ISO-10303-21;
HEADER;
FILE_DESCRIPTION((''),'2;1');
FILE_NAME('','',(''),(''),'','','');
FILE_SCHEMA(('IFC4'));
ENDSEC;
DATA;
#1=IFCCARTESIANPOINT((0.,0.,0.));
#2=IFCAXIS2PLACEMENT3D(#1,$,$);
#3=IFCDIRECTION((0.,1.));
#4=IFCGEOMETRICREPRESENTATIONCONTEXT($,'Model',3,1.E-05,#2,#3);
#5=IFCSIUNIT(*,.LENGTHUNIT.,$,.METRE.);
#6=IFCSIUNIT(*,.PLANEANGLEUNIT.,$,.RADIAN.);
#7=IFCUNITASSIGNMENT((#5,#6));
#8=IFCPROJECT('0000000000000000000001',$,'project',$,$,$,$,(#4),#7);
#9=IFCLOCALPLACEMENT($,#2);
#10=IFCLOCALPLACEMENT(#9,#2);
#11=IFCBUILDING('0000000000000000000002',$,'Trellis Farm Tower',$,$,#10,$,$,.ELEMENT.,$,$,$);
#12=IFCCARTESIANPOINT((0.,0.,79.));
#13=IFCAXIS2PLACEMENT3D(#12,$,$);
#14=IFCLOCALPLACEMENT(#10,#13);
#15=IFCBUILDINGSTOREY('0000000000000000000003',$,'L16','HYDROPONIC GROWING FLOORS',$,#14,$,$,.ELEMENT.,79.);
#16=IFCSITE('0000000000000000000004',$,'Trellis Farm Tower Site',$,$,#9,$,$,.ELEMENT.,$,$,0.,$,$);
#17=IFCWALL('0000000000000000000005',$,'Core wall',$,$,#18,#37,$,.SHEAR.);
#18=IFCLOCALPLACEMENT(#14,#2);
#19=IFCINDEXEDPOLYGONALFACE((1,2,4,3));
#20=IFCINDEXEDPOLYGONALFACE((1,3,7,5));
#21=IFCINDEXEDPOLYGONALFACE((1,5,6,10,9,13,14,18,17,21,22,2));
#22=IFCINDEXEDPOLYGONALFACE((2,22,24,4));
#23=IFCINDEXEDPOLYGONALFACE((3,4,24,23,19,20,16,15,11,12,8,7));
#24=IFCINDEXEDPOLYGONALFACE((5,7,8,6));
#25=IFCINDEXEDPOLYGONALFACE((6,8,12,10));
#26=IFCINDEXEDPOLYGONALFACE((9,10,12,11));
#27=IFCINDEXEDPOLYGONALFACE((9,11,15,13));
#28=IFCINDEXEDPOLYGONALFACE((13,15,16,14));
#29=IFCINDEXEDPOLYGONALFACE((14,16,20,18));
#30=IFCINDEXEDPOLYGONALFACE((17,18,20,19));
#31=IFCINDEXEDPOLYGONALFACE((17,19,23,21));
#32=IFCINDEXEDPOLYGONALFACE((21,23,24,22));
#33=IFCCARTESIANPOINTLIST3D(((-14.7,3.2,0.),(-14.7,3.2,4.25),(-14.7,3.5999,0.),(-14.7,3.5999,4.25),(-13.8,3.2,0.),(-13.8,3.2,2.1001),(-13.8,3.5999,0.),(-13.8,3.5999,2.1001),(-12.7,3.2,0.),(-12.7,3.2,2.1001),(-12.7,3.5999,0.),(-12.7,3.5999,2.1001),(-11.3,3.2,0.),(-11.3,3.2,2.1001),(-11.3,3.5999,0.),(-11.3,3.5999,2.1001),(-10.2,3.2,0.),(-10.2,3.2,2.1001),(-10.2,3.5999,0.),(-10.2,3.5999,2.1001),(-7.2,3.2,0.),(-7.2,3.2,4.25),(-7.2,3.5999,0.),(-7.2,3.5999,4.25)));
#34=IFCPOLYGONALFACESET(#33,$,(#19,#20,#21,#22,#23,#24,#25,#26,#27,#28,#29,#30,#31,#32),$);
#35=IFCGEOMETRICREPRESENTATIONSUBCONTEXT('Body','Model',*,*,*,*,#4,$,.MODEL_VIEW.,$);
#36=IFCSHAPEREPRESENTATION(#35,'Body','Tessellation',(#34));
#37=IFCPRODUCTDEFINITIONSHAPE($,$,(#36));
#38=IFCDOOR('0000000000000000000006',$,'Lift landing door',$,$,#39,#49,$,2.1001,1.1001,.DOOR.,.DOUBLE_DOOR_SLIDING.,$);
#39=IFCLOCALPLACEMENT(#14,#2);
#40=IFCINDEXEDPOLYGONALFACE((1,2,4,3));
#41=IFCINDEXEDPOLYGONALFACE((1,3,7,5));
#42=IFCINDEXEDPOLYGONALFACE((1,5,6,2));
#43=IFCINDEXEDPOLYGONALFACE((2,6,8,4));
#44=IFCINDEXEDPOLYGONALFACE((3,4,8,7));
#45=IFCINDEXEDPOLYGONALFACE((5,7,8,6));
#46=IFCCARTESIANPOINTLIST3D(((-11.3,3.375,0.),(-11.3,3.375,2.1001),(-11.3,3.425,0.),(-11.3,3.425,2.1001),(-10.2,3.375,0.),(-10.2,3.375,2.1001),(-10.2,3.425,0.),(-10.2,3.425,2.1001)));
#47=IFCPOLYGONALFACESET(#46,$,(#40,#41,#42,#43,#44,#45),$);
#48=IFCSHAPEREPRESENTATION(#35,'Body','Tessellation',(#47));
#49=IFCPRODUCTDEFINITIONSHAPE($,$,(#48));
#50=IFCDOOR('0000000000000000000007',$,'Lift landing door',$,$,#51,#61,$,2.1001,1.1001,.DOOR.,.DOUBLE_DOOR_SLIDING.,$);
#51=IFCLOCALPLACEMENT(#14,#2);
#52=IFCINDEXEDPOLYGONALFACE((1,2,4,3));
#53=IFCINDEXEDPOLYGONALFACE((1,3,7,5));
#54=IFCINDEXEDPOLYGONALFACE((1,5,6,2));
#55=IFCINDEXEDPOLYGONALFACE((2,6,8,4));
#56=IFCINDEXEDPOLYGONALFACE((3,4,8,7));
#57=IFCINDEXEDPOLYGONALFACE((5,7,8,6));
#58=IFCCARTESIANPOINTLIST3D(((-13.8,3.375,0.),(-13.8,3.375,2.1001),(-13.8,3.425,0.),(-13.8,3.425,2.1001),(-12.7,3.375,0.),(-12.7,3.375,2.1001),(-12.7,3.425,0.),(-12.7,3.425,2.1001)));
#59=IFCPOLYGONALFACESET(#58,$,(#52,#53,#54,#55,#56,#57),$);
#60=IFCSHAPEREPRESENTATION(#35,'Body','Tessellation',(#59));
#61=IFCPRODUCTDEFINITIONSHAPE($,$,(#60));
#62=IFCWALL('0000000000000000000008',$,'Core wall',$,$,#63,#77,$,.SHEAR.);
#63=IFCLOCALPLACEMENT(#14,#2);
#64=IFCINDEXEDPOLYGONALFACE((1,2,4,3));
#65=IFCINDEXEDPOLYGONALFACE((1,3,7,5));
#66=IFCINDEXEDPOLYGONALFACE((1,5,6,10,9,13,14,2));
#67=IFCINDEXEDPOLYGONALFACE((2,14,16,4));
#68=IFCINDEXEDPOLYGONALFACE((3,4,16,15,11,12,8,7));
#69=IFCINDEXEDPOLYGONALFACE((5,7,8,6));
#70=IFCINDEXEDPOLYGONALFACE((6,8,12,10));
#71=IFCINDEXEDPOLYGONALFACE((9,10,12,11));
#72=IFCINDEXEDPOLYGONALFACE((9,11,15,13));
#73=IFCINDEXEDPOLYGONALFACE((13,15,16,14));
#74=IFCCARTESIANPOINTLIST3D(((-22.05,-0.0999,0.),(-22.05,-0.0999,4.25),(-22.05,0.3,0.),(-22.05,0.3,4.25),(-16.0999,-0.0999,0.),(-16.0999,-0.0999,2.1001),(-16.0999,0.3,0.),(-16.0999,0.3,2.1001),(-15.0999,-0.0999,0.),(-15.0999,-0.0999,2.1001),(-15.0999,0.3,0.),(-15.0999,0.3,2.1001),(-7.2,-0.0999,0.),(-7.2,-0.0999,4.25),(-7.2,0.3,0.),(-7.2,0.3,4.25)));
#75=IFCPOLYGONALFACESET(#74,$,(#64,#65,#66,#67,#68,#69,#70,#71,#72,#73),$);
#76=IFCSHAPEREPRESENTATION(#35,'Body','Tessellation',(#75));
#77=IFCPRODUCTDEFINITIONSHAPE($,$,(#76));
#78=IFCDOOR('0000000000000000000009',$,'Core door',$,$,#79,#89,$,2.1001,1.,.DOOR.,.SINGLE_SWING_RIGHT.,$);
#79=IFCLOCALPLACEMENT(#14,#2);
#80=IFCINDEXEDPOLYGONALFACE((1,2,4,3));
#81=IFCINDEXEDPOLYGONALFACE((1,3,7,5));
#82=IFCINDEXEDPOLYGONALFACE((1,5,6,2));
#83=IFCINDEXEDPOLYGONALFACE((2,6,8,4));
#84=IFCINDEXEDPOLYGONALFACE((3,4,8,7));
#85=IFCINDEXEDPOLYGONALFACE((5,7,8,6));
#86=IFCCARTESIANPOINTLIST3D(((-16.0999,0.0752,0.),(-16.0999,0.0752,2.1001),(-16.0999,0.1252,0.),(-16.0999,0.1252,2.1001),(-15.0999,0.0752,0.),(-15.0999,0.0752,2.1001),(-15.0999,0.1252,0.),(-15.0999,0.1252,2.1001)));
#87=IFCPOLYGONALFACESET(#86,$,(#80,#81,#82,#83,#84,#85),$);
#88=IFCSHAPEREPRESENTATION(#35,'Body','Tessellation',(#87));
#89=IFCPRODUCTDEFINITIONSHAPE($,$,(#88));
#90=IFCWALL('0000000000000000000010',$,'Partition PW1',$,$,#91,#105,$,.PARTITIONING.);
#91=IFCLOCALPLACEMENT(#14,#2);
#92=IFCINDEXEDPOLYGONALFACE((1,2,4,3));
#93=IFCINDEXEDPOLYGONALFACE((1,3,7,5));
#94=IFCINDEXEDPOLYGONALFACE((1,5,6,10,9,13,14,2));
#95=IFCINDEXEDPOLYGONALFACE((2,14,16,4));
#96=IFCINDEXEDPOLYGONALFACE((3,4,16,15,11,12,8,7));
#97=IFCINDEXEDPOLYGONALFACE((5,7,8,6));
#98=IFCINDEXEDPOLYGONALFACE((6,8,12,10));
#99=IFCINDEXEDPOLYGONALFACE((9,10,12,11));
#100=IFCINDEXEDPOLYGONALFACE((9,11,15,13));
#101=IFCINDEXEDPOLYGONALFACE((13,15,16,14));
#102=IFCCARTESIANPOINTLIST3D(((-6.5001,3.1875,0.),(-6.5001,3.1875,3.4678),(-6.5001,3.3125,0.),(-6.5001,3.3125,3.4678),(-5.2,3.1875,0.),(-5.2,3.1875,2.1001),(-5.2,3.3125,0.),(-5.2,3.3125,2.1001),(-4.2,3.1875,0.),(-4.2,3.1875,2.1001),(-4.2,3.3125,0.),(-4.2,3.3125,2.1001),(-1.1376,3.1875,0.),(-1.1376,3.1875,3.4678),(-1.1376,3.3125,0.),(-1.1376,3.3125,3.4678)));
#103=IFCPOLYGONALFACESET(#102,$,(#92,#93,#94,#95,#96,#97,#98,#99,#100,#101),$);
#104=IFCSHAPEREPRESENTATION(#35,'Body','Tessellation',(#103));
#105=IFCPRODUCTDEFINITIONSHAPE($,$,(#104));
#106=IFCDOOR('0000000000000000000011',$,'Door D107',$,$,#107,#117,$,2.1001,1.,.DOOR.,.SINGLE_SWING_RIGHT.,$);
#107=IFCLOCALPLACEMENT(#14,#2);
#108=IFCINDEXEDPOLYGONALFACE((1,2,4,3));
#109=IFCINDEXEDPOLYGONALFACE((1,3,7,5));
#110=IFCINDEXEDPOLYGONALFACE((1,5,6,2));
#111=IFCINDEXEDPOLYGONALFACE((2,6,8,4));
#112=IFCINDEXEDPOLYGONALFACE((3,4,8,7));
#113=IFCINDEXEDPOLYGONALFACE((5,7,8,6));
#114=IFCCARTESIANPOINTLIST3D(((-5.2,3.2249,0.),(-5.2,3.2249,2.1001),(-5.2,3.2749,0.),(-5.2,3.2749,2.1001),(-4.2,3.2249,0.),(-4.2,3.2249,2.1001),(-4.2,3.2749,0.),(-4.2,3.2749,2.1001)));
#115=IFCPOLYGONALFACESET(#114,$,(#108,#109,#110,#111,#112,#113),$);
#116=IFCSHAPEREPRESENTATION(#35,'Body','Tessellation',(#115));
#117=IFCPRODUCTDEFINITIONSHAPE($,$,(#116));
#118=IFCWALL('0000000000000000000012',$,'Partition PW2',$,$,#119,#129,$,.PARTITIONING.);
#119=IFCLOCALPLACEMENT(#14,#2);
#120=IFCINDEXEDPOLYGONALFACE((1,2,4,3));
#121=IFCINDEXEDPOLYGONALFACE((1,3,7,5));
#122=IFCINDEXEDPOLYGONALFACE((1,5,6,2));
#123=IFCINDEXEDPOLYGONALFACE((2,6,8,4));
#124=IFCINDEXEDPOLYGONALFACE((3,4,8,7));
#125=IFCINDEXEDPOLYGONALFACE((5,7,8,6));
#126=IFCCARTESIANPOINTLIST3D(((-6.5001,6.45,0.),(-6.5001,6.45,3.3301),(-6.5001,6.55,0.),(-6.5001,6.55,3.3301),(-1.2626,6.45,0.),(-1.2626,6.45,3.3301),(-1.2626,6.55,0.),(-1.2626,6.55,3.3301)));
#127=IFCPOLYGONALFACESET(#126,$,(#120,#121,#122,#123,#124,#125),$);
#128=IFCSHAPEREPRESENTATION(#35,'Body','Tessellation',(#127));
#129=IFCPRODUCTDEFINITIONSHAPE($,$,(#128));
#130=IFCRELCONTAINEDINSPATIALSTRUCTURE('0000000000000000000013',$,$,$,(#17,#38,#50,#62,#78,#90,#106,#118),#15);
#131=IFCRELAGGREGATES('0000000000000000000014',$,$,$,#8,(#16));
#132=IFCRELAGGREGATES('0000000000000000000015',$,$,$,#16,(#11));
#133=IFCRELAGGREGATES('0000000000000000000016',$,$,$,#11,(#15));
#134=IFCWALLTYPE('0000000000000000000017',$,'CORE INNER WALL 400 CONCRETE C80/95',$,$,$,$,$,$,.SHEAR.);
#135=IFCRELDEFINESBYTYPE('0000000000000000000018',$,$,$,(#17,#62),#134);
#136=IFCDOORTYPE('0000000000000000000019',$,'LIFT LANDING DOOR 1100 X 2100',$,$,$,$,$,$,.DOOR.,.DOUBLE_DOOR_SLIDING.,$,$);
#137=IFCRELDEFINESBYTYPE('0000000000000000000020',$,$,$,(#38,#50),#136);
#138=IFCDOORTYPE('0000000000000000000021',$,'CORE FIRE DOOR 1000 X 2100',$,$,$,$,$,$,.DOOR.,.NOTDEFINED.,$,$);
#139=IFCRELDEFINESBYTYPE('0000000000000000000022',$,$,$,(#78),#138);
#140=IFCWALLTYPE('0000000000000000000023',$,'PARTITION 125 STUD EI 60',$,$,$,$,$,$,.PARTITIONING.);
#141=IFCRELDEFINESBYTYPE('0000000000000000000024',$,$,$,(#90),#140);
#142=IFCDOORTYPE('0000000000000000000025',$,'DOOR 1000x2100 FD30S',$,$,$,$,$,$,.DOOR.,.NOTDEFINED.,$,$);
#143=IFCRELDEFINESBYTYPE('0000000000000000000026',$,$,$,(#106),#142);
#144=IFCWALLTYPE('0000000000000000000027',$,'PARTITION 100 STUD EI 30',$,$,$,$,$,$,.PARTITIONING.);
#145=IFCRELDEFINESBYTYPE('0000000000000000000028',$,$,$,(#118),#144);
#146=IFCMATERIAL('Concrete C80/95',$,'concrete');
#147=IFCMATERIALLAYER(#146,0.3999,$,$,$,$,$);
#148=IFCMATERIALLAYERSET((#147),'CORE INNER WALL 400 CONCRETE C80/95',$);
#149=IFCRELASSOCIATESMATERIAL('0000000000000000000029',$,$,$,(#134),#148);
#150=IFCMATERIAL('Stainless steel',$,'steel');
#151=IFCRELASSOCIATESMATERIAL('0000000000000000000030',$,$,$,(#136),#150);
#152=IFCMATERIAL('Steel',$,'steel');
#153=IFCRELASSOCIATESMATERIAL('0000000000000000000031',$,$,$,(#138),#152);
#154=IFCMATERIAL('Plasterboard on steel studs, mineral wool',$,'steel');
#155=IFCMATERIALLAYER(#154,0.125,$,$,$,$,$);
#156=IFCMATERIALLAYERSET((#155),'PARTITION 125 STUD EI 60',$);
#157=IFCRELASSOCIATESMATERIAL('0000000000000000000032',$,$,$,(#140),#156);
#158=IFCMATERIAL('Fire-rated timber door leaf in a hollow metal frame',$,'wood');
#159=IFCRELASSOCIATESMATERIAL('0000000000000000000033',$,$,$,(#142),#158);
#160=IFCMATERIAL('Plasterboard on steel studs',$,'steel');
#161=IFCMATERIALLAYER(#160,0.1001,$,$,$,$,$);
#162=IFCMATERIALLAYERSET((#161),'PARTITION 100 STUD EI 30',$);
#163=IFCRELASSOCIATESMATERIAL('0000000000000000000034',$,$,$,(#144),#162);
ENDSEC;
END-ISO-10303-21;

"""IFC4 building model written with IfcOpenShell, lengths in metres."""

from ifc_helpers import new_model, si_unit, direction, frame, frame_2d, origin, place, context, subcontext, project, spatial, rectangle, extrude, source, transform, mapped, material, layer, layer_set, type_object, element, fill, save


model = new_model("IFC4")

# Units and contexts
model_context = context("Model", 3, precision=1e-05, world=origin(), true_north=direction((0.0, 1.0)))
body_context = subcontext(model_context, "Body", "Model", "MODEL_VIEW")
ifc_project = project(units=[si_unit("LENGTHUNIT", "METRE"), si_unit("PLANEANGLEUNIT", "RADIAN")], contexts=[model_context])

# Site, building, storey
site_placement = place(None, origin())
site = spatial("IfcSite", under=ifc_project, at=site_placement, Name="Trellis Farm Tower Site", CompositionType="ELEMENT", RefElevation=0.0)
building_placement = place(site_placement, origin())
building = spatial("IfcBuilding", under=site, at=building_placement, Name="Trellis Farm Tower", CompositionType="ELEMENT")
storey_placement = place(building_placement, frame((0.0, 0.0, 79.0)))
storey = spatial("IfcBuildingStorey", under=building, at=storey_placement, Name="L16", Description="HYDROPONIC GROWING FLOORS", CompositionType="ELEMENT", Elevation=79.0)

# Shared definitions
ifc_material_1 = material(Name="Concrete C80/95", Category="concrete")

# Shared definitions
ifc_material_2 = material(Name="Steel", Category="steel")

# Shared definitions
ifc_layer_1 = layer(ifc_material_1, 0.3999)
ifc_layer_set_1 = layer_set([ifc_layer_1], Name="CORE INNER WALL 400 CONCRETE C80/95")
wall_type_1 = type_object("IfcWallType", Name="CORE INNER WALL 400 CONCRETE C80/95", PredefinedType="SHEAR", material=ifc_layer_set_1)

# Wall, openings, doors
shared_shape_1 = source(origin(), body_context, "Body", "SweptSolid", [
    extrude(rectangle(XDim=7.5, YDim=0.3999, at=frame_2d((3.75, 0.0))), origin(), (0.0, 0.0, 1.0), 4.25),
])
wall_1_placement = place(storey_placement, frame((-7.2, 3.3999, 0.0), z_axis=(0.0, 0.0, 1.0), x_axis=(-1.0, 0.0, 0.0)))
wall_1 = element("IfcWall", 1, at=wall_1_placement, inside=storey, type_object=wall_type_1, Name="Core wall", PredefinedType="SHEAR", context=body_context, shape_type="MappedRepresentation", body=[
    mapped(shared_shape_1, transform((0.0, 0.0, 0.0))),
])
shared_shape_2 = source(origin(), body_context, "Body", "SweptSolid", [
    extrude(rectangle(XDim=1.1001, YDim=2.1001, at=frame_2d((0.55, 1.05))), frame((0.0, 0.21, 0.0), z_axis=(0.0, -1.0, 0.0), x_axis=(1.0, 0.0, 0.0)), (0.0, 0.0, 1.0), 0.4199),
])
opening_1_placement = place(wall_1_placement, frame((3.0, 0.0, 0.0)))
opening_1 = element("IfcOpeningElement", 2, at=opening_1_placement, cuts=wall_1, PredefinedType="OPENING", context=body_context, shape_type="MappedRepresentation", body=[
    mapped(shared_shape_2, transform((0.0, 0.0, 0.0))),
])
opening_2_placement = place(wall_1_placement, frame((5.5, 0.0, 0.0)))
opening_2 = element("IfcOpeningElement", 3, at=opening_2_placement, cuts=wall_1, PredefinedType="OPENING", context=body_context, shape_type="MappedRepresentation", body=[
    mapped(shared_shape_2, transform((0.0, 0.0, 0.0))),
])
ifc_material_3 = material(Name="Stainless steel", Category="steel")
door_type_1 = type_object("IfcDoorType", Name="LIFT LANDING DOOR 1100 X 2100", OperationType="DOUBLE_DOOR_SLIDING", PredefinedType="DOOR", material=ifc_material_3)
shared_shape_3 = source(origin(), body_context, "Body", "SweptSolid", [
    extrude(rectangle(XDim=1.1001, YDim=2.1001, at=frame_2d((0.55, 1.05))), frame((0.0, 0.0249, 0.0), z_axis=(0.0, -1.0, 0.0), x_axis=(1.0, 0.0, 0.0)), (0.0, 0.0, 1.0), 0.05),
])
door_1_placement = place(opening_1_placement, origin())
door_1 = element("IfcDoor", 4, at=door_1_placement, inside=storey, type_object=door_type_1, Name="Lift landing door", OperationType="DOUBLE_DOOR_SLIDING", OverallHeight=2.1001, OverallWidth=1.1001, PredefinedType="DOOR", context=body_context, shape_type="MappedRepresentation", body=[
    mapped(shared_shape_3, transform((0.0, 0.0, 0.0))),
])
fill(opening_1, door_1)
door_2_placement = place(opening_2_placement, origin())
door_2 = element("IfcDoor", 5, at=door_2_placement, inside=storey, type_object=door_type_1, Name="Lift landing door", OperationType="DOUBLE_DOOR_SLIDING", OverallHeight=2.1001, OverallWidth=1.1001, PredefinedType="DOOR", context=body_context, shape_type="MappedRepresentation", body=[
    mapped(shared_shape_3, transform((0.0, 0.0, 0.0))),
])
fill(opening_2, door_2)

# Walls, openings, doors
shared_shape_4 = source(origin(), body_context, "Body", "SweptSolid", [
    extrude(rectangle(XDim=14.8501, YDim=0.3999, at=frame_2d((7.425, 0.0))), origin(), (0.0, 0.0, 1.0), 4.25),
])
wall_2_placement = place(storey_placement, frame((-7.2, 0.1001, 0.0), z_axis=(0.0, 0.0, 1.0), x_axis=(-1.0, 0.0, 0.0)))
wall_2 = element("IfcWall", 6, at=wall_2_placement, inside=storey, type_object=wall_type_1, Name="Core wall", PredefinedType="SHEAR", context=body_context, shape_type="MappedRepresentation", body=[
    mapped(shared_shape_4, transform((0.0, 0.0, 0.0))),
])
shared_shape_5 = source(origin(), body_context, "Body", "SweptSolid", [
    extrude(rectangle(XDim=1.0, YDim=2.1001, at=frame_2d((0.5, 1.05))), frame((0.0, 0.21, 0.0), z_axis=(0.0, -1.0, 0.0), x_axis=(1.0, 0.0, 0.0)), (0.0, 0.0, 1.0), 0.4199),
])
opening_3_placement = place(wall_2_placement, frame((7.8999, 0.0, 0.0)))
opening_3 = element("IfcOpeningElement", 7, at=opening_3_placement, cuts=wall_2, PredefinedType="OPENING", context=body_context, shape_type="MappedRepresentation", body=[
    mapped(shared_shape_5, transform((0.0, 0.0, 0.0))),
])
door_type_2 = type_object("IfcDoorType", Name="CORE FIRE DOOR 1000 X 2100", OperationType="NOTDEFINED", PredefinedType="DOOR", material=ifc_material_2)
shared_shape_6 = source(origin(), body_context, "Body", "SweptSolid", [
    extrude(rectangle(XDim=1.0, YDim=2.1001, at=frame_2d((0.5, 1.05))), frame((0.0, 0.0249, 0.0), z_axis=(0.0, -1.0, 0.0), x_axis=(1.0, 0.0, 0.0)), (0.0, 0.0, 1.0), 0.05),
])
door_3_placement = place(opening_3_placement, origin())
door_3 = element("IfcDoor", 8, at=door_3_placement, inside=storey, type_object=door_type_2, Name="Core door", OperationType="SINGLE_SWING_RIGHT", OverallHeight=2.1001, OverallWidth=1.0, PredefinedType="DOOR", context=body_context, shape_type="MappedRepresentation", body=[
    mapped(shared_shape_6, transform((0.0, 0.0, 0.0))),
])
fill(opening_3, door_3)
ifc_material_4 = material(Name="Plasterboard on steel studs, mineral wool", Category="steel")
ifc_layer_2 = layer(ifc_material_4, 0.125)
ifc_layer_set_2 = layer_set([ifc_layer_2], Name="PARTITION 125 STUD EI 60")
wall_type_2 = type_object("IfcWallType", Name="PARTITION 125 STUD EI 60", PredefinedType="PARTITIONING", material=ifc_layer_set_2)
shared_shape_7 = source(origin(), body_context, "Body", "SweptSolid", [
    extrude(rectangle(XDim=5.3625, YDim=0.125, at=frame_2d((2.6812, 0.0))), origin(), (0.0, 0.0, 1.0), 3.4678),
])
wall_3_placement = place(storey_placement, frame((-6.5, 3.25, 0.0), z_axis=(0.0, 0.0, 1.0), x_axis=(1.0, 0.0, 0.0)))
wall_3 = element("IfcWall", 9, at=wall_3_placement, inside=storey, type_object=wall_type_2, Name="Partition PW1", PredefinedType="PARTITIONING", context=body_context, shape_type="MappedRepresentation", body=[
    mapped(shared_shape_7, transform((0.0, 0.0, 0.0))),
])
shared_shape_8 = source(origin(), body_context, "Body", "SweptSolid", [
    extrude(rectangle(XDim=1.0, YDim=2.1001, at=frame_2d((0.5, 1.05))), frame((0.0, 0.0725, 0.0), z_axis=(0.0, -1.0, 0.0), x_axis=(1.0, 0.0, 0.0)), (0.0, 0.0, 1.0), 0.145),
])
opening_4_placement = place(wall_3_placement, frame((1.3, 0.0, 0.0)))
opening_4 = element("IfcOpeningElement", 10, at=opening_4_placement, cuts=wall_3, PredefinedType="OPENING", context=body_context, shape_type="MappedRepresentation", body=[
    mapped(shared_shape_8, transform((0.0, 0.0, 0.0))),
])
ifc_material_5 = material(Name="Fire-rated timber door leaf in a hollow metal frame", Category="wood")
door_type_3 = type_object("IfcDoorType", Name="DOOR 1000x2100 FD30S", OperationType="NOTDEFINED", PredefinedType="DOOR", material=ifc_material_5)
door_4_placement = place(opening_4_placement, origin())
door_4 = element("IfcDoor", 11, at=door_4_placement, inside=storey, type_object=door_type_3, Name="Door D107", OperationType="SINGLE_SWING_RIGHT", OverallHeight=2.1001, OverallWidth=1.0, PredefinedType="DOOR", context=body_context, shape_type="MappedRepresentation", body=[
    mapped(shared_shape_6, transform((0.0, 0.0, 0.0))),
])
fill(opening_4, door_4)

# Wall
ifc_material_6 = material(Name="Plasterboard on steel studs", Category="steel")
ifc_layer_3 = layer(ifc_material_6, 0.1001)
ifc_layer_set_3 = layer_set([ifc_layer_3], Name="PARTITION 100 STUD EI 30")
wall_type_3 = type_object("IfcWallType", Name="PARTITION 100 STUD EI 30", PredefinedType="PARTITIONING", material=ifc_layer_set_3)
shared_shape_9 = source(origin(), body_context, "Body", "SweptSolid", [
    extrude(rectangle(XDim=5.2375, YDim=0.1001, at=frame_2d((2.6187, 0.0))), origin(), (0.0, 0.0, 1.0), 3.3301),
])
wall_4_placement = place(storey_placement, frame((-6.5, 6.5, 0.0), z_axis=(0.0, 0.0, 1.0), x_axis=(1.0, 0.0, 0.0)))
element("IfcWall", 12, at=wall_4_placement, inside=storey, type_object=wall_type_3, Name="Partition PW2", PredefinedType="PARTITIONING", context=body_context, shape_type="MappedRepresentation", body=[
    mapped(shared_shape_9, transform((0.0, 0.0, 0.0))),
])

save(model, "model.ifc")
